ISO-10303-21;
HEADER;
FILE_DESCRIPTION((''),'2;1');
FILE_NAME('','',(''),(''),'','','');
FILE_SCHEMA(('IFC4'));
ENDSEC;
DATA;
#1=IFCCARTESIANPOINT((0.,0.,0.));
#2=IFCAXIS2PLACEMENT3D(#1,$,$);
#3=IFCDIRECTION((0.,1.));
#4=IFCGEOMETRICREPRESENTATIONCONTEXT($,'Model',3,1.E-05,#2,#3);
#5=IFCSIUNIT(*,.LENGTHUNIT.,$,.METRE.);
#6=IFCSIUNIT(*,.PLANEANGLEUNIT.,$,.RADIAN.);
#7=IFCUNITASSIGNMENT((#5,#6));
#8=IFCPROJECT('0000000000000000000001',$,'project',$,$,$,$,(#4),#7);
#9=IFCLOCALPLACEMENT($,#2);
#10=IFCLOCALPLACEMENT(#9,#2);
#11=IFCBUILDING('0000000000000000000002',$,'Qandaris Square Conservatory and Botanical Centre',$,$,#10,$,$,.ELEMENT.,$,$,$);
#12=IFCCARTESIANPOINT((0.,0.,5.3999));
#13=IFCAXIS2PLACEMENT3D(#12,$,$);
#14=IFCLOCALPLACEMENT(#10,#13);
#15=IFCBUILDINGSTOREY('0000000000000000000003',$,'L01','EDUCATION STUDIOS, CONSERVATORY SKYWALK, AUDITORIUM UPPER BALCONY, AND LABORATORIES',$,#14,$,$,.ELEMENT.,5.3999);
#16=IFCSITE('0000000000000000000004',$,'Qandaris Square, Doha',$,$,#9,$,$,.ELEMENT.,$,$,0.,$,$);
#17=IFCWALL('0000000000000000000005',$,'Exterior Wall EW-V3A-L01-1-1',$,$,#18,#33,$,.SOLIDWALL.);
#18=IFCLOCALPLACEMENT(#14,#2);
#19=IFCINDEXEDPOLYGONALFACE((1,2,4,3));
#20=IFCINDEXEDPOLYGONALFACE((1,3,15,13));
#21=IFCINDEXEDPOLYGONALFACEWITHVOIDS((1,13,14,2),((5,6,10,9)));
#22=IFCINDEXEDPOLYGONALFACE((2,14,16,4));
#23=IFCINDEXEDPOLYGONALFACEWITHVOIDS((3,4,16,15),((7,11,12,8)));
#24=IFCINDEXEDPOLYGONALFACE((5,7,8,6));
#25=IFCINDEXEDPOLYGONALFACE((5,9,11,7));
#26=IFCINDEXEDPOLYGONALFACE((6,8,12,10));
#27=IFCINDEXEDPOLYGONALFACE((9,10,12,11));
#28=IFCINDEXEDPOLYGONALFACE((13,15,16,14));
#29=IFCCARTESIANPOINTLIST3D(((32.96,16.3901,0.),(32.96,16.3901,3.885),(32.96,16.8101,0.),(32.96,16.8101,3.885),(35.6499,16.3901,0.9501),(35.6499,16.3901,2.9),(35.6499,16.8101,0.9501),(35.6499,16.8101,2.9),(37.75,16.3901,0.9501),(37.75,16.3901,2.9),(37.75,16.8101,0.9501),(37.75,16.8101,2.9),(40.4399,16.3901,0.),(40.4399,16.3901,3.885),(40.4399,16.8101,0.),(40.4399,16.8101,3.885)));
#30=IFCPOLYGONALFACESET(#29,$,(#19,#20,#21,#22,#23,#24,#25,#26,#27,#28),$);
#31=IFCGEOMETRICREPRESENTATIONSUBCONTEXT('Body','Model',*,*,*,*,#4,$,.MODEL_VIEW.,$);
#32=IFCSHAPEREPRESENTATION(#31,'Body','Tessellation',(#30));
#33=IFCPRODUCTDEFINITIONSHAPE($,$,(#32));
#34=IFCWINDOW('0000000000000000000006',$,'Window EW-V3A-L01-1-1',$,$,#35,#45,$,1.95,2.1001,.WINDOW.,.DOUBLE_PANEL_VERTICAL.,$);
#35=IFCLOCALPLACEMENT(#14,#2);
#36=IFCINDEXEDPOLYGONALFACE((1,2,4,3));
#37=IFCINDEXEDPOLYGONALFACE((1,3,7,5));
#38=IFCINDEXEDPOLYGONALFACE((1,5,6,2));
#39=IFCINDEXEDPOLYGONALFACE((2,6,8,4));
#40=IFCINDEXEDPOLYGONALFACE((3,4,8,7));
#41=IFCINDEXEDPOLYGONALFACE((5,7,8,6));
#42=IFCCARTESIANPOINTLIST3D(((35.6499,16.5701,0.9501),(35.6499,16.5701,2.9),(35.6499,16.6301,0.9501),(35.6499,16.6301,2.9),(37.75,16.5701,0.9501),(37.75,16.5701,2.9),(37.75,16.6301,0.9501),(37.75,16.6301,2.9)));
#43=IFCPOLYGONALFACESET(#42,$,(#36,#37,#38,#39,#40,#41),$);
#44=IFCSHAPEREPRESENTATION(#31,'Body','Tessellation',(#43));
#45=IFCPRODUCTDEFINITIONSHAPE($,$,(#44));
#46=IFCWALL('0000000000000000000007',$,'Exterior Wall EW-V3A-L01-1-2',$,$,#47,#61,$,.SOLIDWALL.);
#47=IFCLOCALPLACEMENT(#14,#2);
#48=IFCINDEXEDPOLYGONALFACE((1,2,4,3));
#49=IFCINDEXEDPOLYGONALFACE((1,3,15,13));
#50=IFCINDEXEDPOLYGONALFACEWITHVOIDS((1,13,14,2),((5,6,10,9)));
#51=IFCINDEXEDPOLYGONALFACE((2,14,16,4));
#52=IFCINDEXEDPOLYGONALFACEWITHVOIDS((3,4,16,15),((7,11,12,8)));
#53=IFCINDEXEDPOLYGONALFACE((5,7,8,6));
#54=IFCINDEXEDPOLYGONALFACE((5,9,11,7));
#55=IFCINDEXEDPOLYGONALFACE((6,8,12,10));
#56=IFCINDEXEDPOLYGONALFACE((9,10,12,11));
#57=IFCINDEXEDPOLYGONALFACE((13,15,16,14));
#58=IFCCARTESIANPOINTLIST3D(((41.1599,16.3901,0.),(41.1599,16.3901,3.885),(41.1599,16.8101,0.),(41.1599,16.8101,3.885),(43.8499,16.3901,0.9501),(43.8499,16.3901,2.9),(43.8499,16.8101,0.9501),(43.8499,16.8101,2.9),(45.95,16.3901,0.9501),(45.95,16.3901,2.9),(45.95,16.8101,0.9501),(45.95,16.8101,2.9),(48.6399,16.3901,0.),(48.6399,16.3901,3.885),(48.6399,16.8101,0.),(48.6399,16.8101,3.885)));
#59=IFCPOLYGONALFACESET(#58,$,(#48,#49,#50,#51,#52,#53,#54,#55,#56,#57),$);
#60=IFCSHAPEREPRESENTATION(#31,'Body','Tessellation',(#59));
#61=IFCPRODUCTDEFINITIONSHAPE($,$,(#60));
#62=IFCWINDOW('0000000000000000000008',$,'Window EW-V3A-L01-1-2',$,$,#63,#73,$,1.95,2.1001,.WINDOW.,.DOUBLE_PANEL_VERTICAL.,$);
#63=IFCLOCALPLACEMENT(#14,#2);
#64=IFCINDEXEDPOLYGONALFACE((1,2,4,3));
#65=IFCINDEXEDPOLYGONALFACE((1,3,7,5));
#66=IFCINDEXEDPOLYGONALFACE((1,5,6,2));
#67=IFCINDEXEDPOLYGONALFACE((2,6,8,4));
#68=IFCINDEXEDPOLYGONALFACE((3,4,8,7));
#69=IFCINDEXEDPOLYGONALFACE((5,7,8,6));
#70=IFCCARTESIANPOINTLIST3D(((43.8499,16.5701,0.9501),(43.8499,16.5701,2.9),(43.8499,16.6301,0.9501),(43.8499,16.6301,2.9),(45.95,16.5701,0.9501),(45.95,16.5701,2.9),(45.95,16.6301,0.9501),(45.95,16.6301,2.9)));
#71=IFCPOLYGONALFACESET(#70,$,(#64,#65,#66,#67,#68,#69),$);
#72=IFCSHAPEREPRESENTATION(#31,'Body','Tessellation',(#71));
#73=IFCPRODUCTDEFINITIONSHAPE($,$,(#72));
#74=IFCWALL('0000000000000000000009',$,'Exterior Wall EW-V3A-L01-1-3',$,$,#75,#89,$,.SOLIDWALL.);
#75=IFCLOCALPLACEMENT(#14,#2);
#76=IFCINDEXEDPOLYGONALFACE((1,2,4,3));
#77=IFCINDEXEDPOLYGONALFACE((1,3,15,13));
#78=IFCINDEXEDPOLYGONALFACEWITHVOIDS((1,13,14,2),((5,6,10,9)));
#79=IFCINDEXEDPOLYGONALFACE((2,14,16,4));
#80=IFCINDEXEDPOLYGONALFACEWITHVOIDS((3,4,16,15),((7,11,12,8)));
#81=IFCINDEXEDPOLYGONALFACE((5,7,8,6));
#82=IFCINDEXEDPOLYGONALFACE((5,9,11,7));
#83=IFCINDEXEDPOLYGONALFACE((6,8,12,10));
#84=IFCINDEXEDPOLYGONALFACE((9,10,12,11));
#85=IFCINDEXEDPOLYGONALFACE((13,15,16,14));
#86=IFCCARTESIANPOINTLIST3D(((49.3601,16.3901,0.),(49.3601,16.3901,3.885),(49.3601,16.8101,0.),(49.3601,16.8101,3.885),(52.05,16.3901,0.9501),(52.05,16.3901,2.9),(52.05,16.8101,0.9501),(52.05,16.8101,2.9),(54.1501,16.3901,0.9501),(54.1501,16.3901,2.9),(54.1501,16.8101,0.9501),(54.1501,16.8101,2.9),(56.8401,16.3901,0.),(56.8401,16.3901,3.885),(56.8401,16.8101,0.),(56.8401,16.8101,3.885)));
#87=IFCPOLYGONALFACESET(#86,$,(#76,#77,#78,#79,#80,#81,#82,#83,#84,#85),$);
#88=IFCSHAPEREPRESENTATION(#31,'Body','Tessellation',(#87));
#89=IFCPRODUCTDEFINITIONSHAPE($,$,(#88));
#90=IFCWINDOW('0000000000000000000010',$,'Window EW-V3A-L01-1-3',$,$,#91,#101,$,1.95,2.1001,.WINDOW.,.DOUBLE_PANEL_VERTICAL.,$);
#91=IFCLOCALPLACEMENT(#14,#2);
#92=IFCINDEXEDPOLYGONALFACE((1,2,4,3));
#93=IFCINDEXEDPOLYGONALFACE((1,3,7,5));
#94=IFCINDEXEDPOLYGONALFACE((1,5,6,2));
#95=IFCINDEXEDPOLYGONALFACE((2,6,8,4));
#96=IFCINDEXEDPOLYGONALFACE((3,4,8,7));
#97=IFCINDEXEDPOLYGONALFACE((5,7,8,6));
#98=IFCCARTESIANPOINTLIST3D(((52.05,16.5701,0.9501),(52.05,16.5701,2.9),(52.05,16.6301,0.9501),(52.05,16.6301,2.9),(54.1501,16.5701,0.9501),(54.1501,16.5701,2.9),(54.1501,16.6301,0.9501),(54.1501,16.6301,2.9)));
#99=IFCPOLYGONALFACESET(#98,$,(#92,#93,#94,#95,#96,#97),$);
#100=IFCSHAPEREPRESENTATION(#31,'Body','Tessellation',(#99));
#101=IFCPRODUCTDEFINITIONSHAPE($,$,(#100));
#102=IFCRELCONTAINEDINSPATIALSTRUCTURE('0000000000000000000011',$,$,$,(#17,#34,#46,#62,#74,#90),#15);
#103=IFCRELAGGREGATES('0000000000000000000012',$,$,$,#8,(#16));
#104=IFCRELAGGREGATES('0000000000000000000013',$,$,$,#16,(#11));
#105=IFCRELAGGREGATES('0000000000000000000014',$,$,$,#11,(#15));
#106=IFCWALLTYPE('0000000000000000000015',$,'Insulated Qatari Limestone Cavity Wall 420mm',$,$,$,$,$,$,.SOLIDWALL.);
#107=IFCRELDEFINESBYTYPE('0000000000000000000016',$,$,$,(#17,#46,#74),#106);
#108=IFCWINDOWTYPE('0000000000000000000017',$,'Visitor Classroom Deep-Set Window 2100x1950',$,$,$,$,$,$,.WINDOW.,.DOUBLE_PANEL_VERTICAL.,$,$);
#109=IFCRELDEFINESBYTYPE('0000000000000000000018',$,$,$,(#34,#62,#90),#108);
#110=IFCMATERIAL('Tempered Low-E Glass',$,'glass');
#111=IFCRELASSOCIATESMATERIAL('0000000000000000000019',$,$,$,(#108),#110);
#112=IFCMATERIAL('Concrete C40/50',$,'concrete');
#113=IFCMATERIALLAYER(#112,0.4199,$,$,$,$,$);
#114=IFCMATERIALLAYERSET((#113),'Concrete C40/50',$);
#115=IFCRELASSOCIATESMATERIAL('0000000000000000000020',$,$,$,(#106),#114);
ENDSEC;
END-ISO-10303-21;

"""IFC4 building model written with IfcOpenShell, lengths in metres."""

from ifc_helpers import new_model, si_unit, direction, frame, frame_2d, origin, place, context, subcontext, project, spatial, rectangle, extrude, material, layer, layer_set, type_object, element, fill, save


model = new_model("IFC4")

# Units and contexts
model_context = context("Model", 3, precision=1e-05, world=origin(), true_north=direction((0.0, 1.0)))
body_context = subcontext(model_context, "Body", "Model", "MODEL_VIEW")
ifc_project = project(units=[si_unit("LENGTHUNIT", "METRE"), si_unit("PLANEANGLEUNIT", "RADIAN")], contexts=[model_context])

# Site, building, storey
site_placement = place(None, origin())
site = spatial("IfcSite", under=ifc_project, at=site_placement, Name="Qandaris Square, Doha", CompositionType="ELEMENT", RefElevation=0.0)
building_placement = place(site_placement, origin())
building = spatial("IfcBuilding", under=site, at=building_placement, Name="Qandaris Square Conservatory and Botanical Centre", CompositionType="ELEMENT")
storey_placement = place(building_placement, frame((0.0, 0.0, 5.3999)))
storey = spatial("IfcBuildingStorey", under=building, at=storey_placement, Name="L01", Description="EDUCATION STUDIOS, CONSERVATORY SKYWALK, AUDITORIUM UPPER BALCONY, AND LABORATORIES", CompositionType="ELEMENT", Elevation=5.3999)

# Shared definitions
ifc_material_1 = material(Name="Concrete C40/50", Category="concrete")

# Walls, openings, windows
ifc_material_2 = material(Name="Tempered Low-E Glass", Category="glass")
window_type = type_object("IfcWindowType", Name="Visitor Classroom Deep-Set Window 2100x1950", PartitioningType="DOUBLE_PANEL_VERTICAL", PredefinedType="WINDOW", material=ifc_material_2)
ifc_layer_1 = layer(ifc_material_1, 0.4199)
ifc_layer_set_1 = layer_set([ifc_layer_1], Name="Concrete C40/50")
wall_type_1 = type_object("IfcWallType", Name="Insulated Qatari Limestone Cavity Wall 420mm", PredefinedType="SOLIDWALL", material=ifc_layer_set_1)
wall_1_placement = place(storey_placement, frame((32.96, 16.6001, 0.0), z_axis=(0.0, 0.0, 1.0), x_axis=(1.0, 0.0, 0.0)))
wall_1 = element("IfcWall", 1, at=wall_1_placement, inside=storey, type_object=wall_type_1, Name="Exterior Wall EW-V3A-L01-1-1", PredefinedType="SOLIDWALL", context=body_context, shape_type="SweptSolid", body=[
    extrude(rectangle(XDim=7.48, YDim=0.4199, at=frame_2d((3.74, 0.0))), origin(), (0.0, 0.0, 1.0), 3.885),
])
opening_1_placement = place(wall_1_placement, frame((2.6899, 0.0, 0.95)))
opening_1 = element("IfcOpeningElement", 2, at=opening_1_placement, cuts=wall_1, PredefinedType="OPENING", context=body_context, shape_type="SweptSolid", body=[
    extrude(rectangle(XDim=2.1001, YDim=1.95, at=frame_2d((1.05, 0.9751))), frame((0.0, 0.2219, 0.0), z_axis=(0.0, -1.0, 0.0), x_axis=(1.0, 0.0, 0.0)), (0.0, 0.0, 1.0), 0.4438),
])
window_1_placement = place(opening_1_placement, origin())
window_1 = element("IfcWindow", 3, at=window_1_placement, inside=storey, type_object=window_type, Name="Window EW-V3A-L01-1-1", OverallHeight=1.95, OverallWidth=2.1001, PartitioningType="DOUBLE_PANEL_VERTICAL", PredefinedType="WINDOW", context=body_context, shape_type="SweptSolid", body=[
    extrude(rectangle(XDim=2.1001, YDim=1.95, at=frame_2d((1.05, 0.9751))), frame((0.0, 0.03, 0.0), z_axis=(0.0, -1.0, 0.0), x_axis=(1.0, 0.0, 0.0)), (0.0, 0.0, 1.0), 0.0601),
])
fill(opening_1, window_1)
wall_2_placement = place(storey_placement, frame((41.1599, 16.6001, 0.0), z_axis=(0.0, 0.0, 1.0), x_axis=(1.0, 0.0, 0.0)))
wall_2 = element("IfcWall", 4, at=wall_2_placement, inside=storey, type_object=wall_type_1, Name="Exterior Wall EW-V3A-L01-1-2", PredefinedType="SOLIDWALL", context=body_context, shape_type="SweptSolid", body=[
    extrude(rectangle(XDim=7.48, YDim=0.4199, at=frame_2d((3.74, 0.0))), origin(), (0.0, 0.0, 1.0), 3.885),
])
opening_2_placement = place(wall_2_placement, frame((2.6899, 0.0, 0.95)))
opening_2 = element("IfcOpeningElement", 5, at=opening_2_placement, cuts=wall_2, PredefinedType="OPENING", context=body_context, shape_type="SweptSolid", body=[
    extrude(rectangle(XDim=2.1001, YDim=1.95, at=frame_2d((1.05, 0.9751))), frame((0.0, 0.2219, 0.0), z_axis=(0.0, -1.0, 0.0), x_axis=(1.0, 0.0, 0.0)), (0.0, 0.0, 1.0), 0.4438),
])
window_2_placement = place(opening_2_placement, origin())
window_2 = element("IfcWindow", 6, at=window_2_placement, inside=storey, type_object=window_type, Name="Window EW-V3A-L01-1-2", OverallHeight=1.95, OverallWidth=2.1001, PartitioningType="DOUBLE_PANEL_VERTICAL", PredefinedType="WINDOW", context=body_context, shape_type="SweptSolid", body=[
    extrude(rectangle(XDim=2.1001, YDim=1.95, at=frame_2d((1.05, 0.9751))), frame((0.0, 0.03, 0.0), z_axis=(0.0, -1.0, 0.0), x_axis=(1.0, 0.0, 0.0)), (0.0, 0.0, 1.0), 0.0601),
])
fill(opening_2, window_2)
wall_3_placement = place(storey_placement, frame((49.3601, 16.6001, 0.0), z_axis=(0.0, 0.0, 1.0), x_axis=(1.0, 0.0, 0.0)))
wall_3 = element("IfcWall", 7, at=wall_3_placement, inside=storey, type_object=wall_type_1, Name="Exterior Wall EW-V3A-L01-1-3", PredefinedType="SOLIDWALL", context=body_context, shape_type="SweptSolid", body=[
    extrude(rectangle(XDim=7.48, YDim=0.4199, at=frame_2d((3.74, 0.0))), origin(), (0.0, 0.0, 1.0), 3.885),
])
opening_3_placement = place(wall_3_placement, frame((2.6899, 0.0, 0.95)))
opening_3 = element("IfcOpeningElement", 8, at=opening_3_placement, cuts=wall_3, PredefinedType="OPENING", context=body_context, shape_type="SweptSolid", body=[
    extrude(rectangle(XDim=2.1001, YDim=1.95, at=frame_2d((1.05, 0.9751))), frame((0.0, 0.2219, 0.0), z_axis=(0.0, -1.0, 0.0), x_axis=(1.0, 0.0, 0.0)), (0.0, 0.0, 1.0), 0.4438),
])
window_3_placement = place(opening_3_placement, origin())
window_3 = element("IfcWindow", 9, at=window_3_placement, inside=storey, type_object=window_type, Name="Window EW-V3A-L01-1-3", OverallHeight=1.95, OverallWidth=2.1001, PartitioningType="DOUBLE_PANEL_VERTICAL", PredefinedType="WINDOW", context=body_context, shape_type="SweptSolid", body=[
    extrude(rectangle(XDim=2.1001, YDim=1.95, at=frame_2d((1.05, 0.9751))), frame((0.0, 0.03, 0.0), z_axis=(0.0, -1.0, 0.0), x_axis=(1.0, 0.0, 0.0)), (0.0, 0.0, 1.0), 0.0601),
])
fill(opening_3, window_3)

save(model, "model.ifc")
